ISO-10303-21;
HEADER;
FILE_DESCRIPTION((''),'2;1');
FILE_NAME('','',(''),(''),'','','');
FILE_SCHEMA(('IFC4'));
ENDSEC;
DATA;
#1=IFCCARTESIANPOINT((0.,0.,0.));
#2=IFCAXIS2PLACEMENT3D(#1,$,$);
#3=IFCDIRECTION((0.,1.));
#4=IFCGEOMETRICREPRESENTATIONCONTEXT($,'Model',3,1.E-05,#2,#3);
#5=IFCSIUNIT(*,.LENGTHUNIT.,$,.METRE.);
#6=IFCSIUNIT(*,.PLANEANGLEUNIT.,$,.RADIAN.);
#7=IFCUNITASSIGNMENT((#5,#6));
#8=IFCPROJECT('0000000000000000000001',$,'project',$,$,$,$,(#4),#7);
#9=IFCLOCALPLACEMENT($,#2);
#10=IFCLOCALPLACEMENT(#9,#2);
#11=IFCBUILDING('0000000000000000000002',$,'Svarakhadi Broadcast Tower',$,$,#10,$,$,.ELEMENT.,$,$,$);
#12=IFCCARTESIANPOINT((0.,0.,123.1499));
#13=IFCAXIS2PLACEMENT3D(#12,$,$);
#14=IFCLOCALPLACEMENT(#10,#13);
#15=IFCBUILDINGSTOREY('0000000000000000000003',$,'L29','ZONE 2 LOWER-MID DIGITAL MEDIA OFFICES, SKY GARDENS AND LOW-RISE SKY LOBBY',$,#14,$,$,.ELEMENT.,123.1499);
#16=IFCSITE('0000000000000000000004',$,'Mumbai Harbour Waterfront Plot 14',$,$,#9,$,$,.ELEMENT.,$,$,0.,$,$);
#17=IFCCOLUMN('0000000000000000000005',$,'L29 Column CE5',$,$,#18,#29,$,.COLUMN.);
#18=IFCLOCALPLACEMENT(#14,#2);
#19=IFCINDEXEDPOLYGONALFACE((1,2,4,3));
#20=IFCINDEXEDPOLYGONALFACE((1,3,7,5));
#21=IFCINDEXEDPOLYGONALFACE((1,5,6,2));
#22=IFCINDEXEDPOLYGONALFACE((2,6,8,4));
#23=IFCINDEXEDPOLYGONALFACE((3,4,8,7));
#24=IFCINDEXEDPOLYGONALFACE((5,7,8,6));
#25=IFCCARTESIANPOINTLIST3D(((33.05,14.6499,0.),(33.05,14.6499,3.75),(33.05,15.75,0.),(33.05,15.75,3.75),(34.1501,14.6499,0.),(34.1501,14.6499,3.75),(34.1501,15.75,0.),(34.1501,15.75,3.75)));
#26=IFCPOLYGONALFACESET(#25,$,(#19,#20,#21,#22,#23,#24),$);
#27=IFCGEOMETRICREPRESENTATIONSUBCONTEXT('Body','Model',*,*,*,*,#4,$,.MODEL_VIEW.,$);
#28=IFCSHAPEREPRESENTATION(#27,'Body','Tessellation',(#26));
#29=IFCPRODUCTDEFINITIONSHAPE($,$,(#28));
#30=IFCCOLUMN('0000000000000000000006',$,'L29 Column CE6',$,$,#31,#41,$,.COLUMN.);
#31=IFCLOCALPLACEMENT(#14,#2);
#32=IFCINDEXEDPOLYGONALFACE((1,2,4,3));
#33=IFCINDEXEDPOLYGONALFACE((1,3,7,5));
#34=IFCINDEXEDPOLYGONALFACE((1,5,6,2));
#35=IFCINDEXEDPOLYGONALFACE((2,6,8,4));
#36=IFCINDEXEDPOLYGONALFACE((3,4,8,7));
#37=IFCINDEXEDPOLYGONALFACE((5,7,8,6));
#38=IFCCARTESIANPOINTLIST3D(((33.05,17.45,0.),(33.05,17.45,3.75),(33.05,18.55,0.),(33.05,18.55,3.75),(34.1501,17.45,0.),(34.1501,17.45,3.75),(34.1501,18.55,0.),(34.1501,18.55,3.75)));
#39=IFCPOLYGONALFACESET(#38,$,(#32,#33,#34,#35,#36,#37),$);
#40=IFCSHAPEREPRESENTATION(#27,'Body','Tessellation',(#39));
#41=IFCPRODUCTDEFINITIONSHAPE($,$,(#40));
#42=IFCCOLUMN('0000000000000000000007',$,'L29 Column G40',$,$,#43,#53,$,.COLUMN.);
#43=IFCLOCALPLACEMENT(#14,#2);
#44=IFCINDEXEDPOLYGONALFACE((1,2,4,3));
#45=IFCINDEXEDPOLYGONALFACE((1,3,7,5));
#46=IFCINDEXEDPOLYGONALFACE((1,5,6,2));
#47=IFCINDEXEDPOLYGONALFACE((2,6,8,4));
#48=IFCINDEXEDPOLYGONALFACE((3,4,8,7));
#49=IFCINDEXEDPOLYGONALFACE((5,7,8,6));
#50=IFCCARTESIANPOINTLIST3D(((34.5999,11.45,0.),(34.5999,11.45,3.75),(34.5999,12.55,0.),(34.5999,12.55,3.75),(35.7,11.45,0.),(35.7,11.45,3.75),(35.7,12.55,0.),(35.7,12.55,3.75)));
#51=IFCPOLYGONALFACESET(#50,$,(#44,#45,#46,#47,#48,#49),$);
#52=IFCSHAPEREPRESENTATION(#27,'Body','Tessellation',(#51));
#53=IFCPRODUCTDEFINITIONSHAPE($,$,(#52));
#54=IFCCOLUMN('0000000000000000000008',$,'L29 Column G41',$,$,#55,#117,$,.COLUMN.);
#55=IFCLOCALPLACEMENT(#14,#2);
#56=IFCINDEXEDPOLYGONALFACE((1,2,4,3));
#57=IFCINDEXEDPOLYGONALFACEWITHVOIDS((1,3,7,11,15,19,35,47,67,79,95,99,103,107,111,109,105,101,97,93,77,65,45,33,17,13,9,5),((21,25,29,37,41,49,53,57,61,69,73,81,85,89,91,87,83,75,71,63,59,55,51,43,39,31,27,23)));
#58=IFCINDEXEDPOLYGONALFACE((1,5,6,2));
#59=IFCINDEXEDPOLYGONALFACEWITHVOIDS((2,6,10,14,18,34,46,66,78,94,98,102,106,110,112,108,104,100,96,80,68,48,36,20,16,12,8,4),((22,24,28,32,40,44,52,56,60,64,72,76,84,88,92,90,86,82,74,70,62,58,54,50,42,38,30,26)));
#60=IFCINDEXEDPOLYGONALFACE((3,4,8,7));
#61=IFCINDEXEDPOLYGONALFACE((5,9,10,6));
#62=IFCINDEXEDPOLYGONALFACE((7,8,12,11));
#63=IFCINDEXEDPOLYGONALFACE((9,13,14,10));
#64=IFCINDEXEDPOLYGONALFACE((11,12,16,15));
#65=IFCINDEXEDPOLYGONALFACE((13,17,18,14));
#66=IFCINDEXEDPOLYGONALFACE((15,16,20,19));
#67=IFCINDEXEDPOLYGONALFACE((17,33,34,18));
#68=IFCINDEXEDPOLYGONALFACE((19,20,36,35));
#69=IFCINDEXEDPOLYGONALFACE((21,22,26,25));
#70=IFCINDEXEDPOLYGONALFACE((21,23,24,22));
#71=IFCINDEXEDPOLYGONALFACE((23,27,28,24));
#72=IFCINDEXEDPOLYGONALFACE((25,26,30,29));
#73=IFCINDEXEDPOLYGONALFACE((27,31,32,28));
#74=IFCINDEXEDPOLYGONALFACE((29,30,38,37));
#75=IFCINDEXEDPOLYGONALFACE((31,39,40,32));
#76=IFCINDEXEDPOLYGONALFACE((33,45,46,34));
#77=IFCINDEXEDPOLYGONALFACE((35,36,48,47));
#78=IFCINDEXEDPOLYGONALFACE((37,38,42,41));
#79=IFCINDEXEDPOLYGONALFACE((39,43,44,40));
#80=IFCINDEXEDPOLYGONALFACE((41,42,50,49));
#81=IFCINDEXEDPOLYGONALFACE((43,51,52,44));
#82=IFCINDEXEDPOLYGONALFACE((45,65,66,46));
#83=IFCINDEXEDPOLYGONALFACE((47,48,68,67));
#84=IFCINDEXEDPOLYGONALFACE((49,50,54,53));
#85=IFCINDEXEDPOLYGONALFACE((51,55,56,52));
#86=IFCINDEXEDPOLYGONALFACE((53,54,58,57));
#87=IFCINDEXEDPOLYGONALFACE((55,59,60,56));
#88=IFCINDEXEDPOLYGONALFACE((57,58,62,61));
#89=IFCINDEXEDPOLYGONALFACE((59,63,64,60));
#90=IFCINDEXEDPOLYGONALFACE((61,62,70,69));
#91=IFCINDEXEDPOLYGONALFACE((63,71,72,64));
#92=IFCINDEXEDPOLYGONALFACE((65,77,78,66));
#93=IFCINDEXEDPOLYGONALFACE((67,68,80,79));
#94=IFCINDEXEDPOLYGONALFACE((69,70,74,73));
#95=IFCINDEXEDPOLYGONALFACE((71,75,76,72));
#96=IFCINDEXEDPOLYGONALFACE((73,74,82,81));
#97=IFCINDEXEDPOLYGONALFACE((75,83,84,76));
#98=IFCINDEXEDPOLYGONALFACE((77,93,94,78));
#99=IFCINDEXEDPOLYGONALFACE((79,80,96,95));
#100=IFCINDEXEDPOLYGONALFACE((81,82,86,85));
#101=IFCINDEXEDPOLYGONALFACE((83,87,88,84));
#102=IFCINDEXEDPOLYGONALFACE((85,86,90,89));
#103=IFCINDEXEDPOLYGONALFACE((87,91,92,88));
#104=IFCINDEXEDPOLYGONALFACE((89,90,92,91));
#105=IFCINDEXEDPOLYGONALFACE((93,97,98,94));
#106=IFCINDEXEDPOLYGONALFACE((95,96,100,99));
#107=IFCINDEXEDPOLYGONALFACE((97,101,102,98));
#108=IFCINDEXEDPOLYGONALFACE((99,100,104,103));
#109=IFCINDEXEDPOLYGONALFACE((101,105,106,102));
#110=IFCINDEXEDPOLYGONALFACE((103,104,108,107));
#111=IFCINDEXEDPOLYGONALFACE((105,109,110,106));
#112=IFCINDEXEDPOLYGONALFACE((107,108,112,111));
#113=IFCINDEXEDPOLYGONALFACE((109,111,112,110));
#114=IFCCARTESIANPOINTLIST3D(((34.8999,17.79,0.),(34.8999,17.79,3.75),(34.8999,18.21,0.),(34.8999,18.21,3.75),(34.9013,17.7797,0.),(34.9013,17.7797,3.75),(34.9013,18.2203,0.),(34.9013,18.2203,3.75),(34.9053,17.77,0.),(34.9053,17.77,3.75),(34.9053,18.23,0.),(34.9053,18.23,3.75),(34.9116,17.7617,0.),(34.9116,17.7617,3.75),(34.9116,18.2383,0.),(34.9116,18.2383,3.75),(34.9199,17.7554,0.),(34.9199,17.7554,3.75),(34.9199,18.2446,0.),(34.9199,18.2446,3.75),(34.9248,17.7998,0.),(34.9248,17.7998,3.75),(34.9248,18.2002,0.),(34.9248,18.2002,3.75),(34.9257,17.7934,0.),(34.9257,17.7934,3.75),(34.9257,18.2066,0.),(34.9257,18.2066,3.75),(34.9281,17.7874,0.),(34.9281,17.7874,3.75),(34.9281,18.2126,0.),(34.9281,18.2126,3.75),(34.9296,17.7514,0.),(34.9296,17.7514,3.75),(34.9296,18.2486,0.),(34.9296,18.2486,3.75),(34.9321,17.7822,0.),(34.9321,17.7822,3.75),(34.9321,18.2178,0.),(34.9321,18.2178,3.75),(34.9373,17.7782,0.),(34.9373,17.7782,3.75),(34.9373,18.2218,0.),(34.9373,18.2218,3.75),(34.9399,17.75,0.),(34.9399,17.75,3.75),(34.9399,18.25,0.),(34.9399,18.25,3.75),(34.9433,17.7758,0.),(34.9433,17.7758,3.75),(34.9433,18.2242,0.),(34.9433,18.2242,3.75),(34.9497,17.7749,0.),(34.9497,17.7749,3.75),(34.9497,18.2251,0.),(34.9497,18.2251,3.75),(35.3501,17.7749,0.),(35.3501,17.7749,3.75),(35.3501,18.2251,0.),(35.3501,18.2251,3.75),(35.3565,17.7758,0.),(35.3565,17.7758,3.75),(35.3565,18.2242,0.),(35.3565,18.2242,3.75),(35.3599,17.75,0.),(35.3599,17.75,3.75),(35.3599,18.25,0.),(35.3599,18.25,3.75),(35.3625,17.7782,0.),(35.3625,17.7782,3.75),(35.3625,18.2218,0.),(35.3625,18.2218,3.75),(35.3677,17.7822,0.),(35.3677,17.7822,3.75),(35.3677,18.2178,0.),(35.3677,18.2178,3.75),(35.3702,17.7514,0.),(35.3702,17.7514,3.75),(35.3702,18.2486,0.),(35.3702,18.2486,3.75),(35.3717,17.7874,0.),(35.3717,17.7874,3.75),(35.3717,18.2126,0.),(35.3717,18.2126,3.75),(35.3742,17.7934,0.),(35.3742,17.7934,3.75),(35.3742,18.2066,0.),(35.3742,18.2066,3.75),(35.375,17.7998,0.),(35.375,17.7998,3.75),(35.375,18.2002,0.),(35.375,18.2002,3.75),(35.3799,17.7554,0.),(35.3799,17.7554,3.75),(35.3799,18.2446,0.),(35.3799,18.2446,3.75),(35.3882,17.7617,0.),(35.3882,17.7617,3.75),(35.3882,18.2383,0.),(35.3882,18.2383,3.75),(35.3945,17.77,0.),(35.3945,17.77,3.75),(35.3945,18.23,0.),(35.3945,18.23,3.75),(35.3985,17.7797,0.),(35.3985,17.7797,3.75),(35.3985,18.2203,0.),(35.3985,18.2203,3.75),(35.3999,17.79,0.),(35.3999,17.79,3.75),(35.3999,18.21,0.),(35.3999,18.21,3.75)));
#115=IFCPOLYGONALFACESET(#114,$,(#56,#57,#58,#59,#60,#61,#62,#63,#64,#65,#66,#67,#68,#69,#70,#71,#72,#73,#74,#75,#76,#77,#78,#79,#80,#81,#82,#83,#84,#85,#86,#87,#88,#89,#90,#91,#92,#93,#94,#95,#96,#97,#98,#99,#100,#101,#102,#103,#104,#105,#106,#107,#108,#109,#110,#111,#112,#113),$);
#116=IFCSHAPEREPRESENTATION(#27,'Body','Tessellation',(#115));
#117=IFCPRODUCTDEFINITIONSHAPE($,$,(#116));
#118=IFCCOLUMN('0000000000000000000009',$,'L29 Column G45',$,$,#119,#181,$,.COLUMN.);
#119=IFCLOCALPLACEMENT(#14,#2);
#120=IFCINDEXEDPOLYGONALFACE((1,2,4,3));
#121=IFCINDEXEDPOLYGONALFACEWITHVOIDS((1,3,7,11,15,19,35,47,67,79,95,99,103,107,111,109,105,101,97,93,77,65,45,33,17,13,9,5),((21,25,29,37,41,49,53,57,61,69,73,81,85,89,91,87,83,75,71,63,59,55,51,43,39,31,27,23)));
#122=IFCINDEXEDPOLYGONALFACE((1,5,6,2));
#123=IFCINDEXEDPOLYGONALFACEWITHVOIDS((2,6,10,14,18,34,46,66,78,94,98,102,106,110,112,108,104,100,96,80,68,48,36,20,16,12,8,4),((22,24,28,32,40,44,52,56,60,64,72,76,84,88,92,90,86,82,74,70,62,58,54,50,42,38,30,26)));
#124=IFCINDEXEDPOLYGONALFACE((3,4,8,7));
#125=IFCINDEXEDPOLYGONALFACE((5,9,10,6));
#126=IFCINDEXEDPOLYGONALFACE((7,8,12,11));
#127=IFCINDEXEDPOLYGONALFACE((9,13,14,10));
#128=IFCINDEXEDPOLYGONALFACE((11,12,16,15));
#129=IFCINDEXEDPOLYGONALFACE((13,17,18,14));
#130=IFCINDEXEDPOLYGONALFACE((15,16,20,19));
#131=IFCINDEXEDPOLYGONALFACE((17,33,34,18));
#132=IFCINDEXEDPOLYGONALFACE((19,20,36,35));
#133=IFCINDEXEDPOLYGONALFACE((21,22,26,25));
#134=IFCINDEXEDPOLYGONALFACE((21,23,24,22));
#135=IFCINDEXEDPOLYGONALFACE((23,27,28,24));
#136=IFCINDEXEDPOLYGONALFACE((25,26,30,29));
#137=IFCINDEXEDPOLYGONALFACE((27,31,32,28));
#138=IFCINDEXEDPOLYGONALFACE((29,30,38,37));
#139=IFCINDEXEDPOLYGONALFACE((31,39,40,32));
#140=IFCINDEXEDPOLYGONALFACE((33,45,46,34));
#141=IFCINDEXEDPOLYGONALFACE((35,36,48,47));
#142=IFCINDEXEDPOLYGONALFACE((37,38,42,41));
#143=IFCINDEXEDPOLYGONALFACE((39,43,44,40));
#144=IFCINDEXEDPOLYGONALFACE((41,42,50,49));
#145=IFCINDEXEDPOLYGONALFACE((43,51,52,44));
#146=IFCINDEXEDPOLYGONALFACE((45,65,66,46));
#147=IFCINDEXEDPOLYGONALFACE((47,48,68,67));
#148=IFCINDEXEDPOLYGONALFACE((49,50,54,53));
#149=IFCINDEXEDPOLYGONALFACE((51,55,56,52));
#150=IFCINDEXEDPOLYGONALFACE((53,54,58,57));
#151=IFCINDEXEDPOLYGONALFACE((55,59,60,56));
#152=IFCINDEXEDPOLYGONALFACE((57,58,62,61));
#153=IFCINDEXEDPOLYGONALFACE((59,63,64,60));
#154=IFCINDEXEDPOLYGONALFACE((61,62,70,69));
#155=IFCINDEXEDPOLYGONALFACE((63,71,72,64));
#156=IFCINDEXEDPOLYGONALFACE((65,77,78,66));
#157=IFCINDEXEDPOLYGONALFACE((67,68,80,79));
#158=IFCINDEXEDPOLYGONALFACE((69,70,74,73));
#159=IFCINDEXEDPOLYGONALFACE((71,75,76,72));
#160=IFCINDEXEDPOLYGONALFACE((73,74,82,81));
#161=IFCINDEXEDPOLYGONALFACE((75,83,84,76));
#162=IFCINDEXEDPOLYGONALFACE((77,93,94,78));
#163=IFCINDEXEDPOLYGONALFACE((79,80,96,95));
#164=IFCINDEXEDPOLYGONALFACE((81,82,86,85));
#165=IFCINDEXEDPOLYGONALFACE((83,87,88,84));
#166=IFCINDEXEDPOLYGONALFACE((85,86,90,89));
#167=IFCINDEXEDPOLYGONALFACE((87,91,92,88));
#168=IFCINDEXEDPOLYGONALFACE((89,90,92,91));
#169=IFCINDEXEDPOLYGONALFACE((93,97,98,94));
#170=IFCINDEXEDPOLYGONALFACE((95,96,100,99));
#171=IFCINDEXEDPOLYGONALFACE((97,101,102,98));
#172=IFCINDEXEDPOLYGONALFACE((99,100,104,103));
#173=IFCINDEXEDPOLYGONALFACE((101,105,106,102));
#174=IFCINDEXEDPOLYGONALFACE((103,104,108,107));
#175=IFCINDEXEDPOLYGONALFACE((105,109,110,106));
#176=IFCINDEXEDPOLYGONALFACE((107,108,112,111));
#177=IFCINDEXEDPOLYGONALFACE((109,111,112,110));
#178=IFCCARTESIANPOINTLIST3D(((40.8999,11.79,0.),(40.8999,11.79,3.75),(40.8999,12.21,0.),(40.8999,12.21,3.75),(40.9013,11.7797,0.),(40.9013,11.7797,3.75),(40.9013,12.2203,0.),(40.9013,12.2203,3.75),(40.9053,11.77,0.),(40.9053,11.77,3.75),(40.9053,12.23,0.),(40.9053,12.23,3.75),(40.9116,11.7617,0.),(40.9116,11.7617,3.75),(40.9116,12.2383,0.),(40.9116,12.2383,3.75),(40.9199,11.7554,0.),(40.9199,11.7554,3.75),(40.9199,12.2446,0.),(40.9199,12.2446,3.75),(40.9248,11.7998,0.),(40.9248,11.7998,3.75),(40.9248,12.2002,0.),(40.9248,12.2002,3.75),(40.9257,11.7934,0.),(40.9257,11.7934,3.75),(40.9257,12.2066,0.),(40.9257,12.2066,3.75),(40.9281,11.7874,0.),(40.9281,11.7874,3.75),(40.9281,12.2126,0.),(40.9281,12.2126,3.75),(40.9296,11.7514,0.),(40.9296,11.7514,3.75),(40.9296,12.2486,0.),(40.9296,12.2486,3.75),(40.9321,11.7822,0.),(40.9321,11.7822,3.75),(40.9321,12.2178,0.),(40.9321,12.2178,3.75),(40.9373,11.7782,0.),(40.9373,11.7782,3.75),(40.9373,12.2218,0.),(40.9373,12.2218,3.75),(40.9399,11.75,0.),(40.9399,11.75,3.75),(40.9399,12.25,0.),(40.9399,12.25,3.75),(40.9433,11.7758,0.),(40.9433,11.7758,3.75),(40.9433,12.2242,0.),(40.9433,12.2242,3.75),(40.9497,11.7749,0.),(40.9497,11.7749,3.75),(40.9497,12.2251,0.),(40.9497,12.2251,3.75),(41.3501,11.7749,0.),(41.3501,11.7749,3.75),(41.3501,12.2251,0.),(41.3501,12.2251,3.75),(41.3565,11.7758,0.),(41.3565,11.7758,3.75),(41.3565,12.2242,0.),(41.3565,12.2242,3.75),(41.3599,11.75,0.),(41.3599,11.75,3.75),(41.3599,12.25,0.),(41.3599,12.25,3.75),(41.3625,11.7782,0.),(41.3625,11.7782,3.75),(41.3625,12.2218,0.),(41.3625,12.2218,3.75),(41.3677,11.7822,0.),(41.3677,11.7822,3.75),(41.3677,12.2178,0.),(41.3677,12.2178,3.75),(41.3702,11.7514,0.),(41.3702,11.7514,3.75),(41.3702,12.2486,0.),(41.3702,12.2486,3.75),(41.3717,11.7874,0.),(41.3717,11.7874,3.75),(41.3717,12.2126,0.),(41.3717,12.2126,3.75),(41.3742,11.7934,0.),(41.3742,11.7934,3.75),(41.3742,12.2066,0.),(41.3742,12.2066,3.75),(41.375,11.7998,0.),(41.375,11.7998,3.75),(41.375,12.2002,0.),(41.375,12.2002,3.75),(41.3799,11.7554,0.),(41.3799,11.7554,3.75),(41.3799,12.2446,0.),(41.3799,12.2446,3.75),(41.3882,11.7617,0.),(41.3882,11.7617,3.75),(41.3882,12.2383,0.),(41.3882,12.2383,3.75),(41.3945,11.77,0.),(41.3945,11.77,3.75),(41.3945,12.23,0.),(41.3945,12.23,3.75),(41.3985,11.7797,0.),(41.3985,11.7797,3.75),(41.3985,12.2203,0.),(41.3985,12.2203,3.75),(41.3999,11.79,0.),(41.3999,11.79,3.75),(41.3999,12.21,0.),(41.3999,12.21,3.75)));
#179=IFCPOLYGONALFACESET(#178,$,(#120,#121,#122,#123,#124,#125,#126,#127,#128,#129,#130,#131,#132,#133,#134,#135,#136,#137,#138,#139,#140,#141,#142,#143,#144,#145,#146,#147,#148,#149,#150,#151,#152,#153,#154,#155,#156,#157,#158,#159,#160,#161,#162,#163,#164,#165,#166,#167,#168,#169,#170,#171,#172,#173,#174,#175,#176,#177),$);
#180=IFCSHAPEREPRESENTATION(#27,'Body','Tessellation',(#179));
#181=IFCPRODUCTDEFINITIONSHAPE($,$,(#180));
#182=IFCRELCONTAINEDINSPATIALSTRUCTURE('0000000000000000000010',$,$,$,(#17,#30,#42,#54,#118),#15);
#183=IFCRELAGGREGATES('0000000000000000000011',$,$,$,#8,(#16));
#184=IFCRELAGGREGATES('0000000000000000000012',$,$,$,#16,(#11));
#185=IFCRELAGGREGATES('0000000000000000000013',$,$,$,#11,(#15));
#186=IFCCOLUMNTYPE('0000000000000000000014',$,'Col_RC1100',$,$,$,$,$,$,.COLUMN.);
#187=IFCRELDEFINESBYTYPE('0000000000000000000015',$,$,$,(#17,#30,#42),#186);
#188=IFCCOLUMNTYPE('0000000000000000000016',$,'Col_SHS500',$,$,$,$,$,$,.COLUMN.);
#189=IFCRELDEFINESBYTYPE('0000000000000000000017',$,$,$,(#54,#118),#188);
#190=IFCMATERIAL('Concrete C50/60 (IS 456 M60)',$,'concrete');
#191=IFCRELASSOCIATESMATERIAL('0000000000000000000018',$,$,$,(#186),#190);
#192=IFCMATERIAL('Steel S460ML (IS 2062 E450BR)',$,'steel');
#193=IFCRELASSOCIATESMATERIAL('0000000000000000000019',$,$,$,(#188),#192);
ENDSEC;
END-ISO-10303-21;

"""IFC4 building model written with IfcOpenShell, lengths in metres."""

from ifc_helpers import new_model, si_unit, direction, frame, origin, origin_2d, place, context, subcontext, project, spatial, rectangle, hollow_rectangle, extrude, material, material_profile, profile_set, type_object, element, save


model = new_model("IFC4")

# Units and contexts
model_context = context("Model", 3, precision=1e-05, world=origin(), true_north=direction((0.0, 1.0)))
body_context = subcontext(model_context, "Body", "Model", "MODEL_VIEW")
ifc_project = project(units=[si_unit("LENGTHUNIT", "METRE"), si_unit("PLANEANGLEUNIT", "RADIAN")], contexts=[model_context])

# Site, building, storey
site_placement = place(None, origin())
site = spatial("IfcSite", under=ifc_project, at=site_placement, Name="Mumbai Harbour Waterfront Plot 14", CompositionType="ELEMENT", RefElevation=0.0)
building_placement = place(site_placement, origin())
building = spatial("IfcBuilding", under=site, at=building_placement, Name="Svarakhadi Broadcast Tower", CompositionType="ELEMENT")
storey_placement = place(building_placement, frame((0.0, 0.0, 123.1499)))
storey = spatial("IfcBuildingStorey", under=building, at=storey_placement, Name="L29", Description="ZONE 2 LOWER-MID DIGITAL MEDIA OFFICES, SKY GARDENS AND LOW-RISE SKY LOBBY", CompositionType="ELEMENT", Elevation=123.1499)

# Columns
ifc_material_1 = material(Name="Concrete C50/60 (IS 456 M60)", Category="concrete")
ifc_material_profile_1 = material_profile(ifc_material_1, rectangle(XDim=1.1001, YDim=1.1001, at=origin_2d()), Name="RC 1100x1100")
ifc_profile_set_1 = profile_set([ifc_material_profile_1], Name="Concrete C50/60 (IS 456 M60)")
column_type_1 = type_object("IfcColumnType", Name="Col_RC1100", PredefinedType="COLUMN", material=ifc_profile_set_1)
for number, where, z_axis, x_axis, name in (
    (1, (33.6001, 15.2, 0.0), (0.0, 0.0, 1.0), (1.0, 0.0, 0.0), "L29 Column CE5"),
    (2, (33.6001, 18.0, 0.0), (0.0, 0.0, 1.0), (1.0, 0.0, 0.0), "L29 Column CE6"),
    (3, (35.1499, 12.0, 0.0), (0.0, 0.0, 1.0), (1.0, 0.0, 0.0), "L29 Column G40"),
):
    element("IfcColumn", number, at=place(storey_placement, frame(where, z_axis=z_axis, x_axis=x_axis)), inside=storey, type_object=column_type_1, Name=name, PredefinedType="COLUMN", context=body_context, shape_type="SweptSolid", body=[
        extrude(rectangle(XDim=1.1001, YDim=1.1001, at=origin_2d()), origin(), (0.0, 0.0, 1.0), 3.75),
    ])
ifc_material_2 = material(Name="Steel S460ML (IS 2062 E450BR)", Category="steel")
ifc_material_profile_2 = material_profile(ifc_material_2, hollow_rectangle(XDim=0.5, YDim=0.5, WallThickness=0.0249, InnerFilletRadius=0.0249, OuterFilletRadius=0.04, at=origin_2d()), Name="SHS 500x500x25")
ifc_profile_set_2 = profile_set([ifc_material_profile_2], Name="Steel S460ML (IS 2062 E450BR)")
column_type_2 = type_object("IfcColumnType", Name="Col_SHS500", PredefinedType="COLUMN", material=ifc_profile_set_2)
for number, where, z_axis, x_axis, name in (
    (4, (35.1499, 18.0, 0.0), (0.0, 0.0, 1.0), (1.0, 0.0, 0.0), "L29 Column G41"),
    (5, (41.1499, 12.0, 0.0), (0.0, 0.0, 1.0), (1.0, 0.0, 0.0), "L29 Column G45"),
):
    element("IfcColumn", number, at=place(storey_placement, frame(where, z_axis=z_axis, x_axis=x_axis)), inside=storey, type_object=column_type_2, Name=name, PredefinedType="COLUMN", context=body_context, shape_type="SweptSolid", body=[
        extrude(hollow_rectangle(XDim=0.5, YDim=0.5, WallThickness=0.0249, InnerFilletRadius=0.0249, OuterFilletRadius=0.04, at=origin_2d()), origin(), (0.0, 0.0, 1.0), 3.75),
    ])

save(model, "model.ifc")
